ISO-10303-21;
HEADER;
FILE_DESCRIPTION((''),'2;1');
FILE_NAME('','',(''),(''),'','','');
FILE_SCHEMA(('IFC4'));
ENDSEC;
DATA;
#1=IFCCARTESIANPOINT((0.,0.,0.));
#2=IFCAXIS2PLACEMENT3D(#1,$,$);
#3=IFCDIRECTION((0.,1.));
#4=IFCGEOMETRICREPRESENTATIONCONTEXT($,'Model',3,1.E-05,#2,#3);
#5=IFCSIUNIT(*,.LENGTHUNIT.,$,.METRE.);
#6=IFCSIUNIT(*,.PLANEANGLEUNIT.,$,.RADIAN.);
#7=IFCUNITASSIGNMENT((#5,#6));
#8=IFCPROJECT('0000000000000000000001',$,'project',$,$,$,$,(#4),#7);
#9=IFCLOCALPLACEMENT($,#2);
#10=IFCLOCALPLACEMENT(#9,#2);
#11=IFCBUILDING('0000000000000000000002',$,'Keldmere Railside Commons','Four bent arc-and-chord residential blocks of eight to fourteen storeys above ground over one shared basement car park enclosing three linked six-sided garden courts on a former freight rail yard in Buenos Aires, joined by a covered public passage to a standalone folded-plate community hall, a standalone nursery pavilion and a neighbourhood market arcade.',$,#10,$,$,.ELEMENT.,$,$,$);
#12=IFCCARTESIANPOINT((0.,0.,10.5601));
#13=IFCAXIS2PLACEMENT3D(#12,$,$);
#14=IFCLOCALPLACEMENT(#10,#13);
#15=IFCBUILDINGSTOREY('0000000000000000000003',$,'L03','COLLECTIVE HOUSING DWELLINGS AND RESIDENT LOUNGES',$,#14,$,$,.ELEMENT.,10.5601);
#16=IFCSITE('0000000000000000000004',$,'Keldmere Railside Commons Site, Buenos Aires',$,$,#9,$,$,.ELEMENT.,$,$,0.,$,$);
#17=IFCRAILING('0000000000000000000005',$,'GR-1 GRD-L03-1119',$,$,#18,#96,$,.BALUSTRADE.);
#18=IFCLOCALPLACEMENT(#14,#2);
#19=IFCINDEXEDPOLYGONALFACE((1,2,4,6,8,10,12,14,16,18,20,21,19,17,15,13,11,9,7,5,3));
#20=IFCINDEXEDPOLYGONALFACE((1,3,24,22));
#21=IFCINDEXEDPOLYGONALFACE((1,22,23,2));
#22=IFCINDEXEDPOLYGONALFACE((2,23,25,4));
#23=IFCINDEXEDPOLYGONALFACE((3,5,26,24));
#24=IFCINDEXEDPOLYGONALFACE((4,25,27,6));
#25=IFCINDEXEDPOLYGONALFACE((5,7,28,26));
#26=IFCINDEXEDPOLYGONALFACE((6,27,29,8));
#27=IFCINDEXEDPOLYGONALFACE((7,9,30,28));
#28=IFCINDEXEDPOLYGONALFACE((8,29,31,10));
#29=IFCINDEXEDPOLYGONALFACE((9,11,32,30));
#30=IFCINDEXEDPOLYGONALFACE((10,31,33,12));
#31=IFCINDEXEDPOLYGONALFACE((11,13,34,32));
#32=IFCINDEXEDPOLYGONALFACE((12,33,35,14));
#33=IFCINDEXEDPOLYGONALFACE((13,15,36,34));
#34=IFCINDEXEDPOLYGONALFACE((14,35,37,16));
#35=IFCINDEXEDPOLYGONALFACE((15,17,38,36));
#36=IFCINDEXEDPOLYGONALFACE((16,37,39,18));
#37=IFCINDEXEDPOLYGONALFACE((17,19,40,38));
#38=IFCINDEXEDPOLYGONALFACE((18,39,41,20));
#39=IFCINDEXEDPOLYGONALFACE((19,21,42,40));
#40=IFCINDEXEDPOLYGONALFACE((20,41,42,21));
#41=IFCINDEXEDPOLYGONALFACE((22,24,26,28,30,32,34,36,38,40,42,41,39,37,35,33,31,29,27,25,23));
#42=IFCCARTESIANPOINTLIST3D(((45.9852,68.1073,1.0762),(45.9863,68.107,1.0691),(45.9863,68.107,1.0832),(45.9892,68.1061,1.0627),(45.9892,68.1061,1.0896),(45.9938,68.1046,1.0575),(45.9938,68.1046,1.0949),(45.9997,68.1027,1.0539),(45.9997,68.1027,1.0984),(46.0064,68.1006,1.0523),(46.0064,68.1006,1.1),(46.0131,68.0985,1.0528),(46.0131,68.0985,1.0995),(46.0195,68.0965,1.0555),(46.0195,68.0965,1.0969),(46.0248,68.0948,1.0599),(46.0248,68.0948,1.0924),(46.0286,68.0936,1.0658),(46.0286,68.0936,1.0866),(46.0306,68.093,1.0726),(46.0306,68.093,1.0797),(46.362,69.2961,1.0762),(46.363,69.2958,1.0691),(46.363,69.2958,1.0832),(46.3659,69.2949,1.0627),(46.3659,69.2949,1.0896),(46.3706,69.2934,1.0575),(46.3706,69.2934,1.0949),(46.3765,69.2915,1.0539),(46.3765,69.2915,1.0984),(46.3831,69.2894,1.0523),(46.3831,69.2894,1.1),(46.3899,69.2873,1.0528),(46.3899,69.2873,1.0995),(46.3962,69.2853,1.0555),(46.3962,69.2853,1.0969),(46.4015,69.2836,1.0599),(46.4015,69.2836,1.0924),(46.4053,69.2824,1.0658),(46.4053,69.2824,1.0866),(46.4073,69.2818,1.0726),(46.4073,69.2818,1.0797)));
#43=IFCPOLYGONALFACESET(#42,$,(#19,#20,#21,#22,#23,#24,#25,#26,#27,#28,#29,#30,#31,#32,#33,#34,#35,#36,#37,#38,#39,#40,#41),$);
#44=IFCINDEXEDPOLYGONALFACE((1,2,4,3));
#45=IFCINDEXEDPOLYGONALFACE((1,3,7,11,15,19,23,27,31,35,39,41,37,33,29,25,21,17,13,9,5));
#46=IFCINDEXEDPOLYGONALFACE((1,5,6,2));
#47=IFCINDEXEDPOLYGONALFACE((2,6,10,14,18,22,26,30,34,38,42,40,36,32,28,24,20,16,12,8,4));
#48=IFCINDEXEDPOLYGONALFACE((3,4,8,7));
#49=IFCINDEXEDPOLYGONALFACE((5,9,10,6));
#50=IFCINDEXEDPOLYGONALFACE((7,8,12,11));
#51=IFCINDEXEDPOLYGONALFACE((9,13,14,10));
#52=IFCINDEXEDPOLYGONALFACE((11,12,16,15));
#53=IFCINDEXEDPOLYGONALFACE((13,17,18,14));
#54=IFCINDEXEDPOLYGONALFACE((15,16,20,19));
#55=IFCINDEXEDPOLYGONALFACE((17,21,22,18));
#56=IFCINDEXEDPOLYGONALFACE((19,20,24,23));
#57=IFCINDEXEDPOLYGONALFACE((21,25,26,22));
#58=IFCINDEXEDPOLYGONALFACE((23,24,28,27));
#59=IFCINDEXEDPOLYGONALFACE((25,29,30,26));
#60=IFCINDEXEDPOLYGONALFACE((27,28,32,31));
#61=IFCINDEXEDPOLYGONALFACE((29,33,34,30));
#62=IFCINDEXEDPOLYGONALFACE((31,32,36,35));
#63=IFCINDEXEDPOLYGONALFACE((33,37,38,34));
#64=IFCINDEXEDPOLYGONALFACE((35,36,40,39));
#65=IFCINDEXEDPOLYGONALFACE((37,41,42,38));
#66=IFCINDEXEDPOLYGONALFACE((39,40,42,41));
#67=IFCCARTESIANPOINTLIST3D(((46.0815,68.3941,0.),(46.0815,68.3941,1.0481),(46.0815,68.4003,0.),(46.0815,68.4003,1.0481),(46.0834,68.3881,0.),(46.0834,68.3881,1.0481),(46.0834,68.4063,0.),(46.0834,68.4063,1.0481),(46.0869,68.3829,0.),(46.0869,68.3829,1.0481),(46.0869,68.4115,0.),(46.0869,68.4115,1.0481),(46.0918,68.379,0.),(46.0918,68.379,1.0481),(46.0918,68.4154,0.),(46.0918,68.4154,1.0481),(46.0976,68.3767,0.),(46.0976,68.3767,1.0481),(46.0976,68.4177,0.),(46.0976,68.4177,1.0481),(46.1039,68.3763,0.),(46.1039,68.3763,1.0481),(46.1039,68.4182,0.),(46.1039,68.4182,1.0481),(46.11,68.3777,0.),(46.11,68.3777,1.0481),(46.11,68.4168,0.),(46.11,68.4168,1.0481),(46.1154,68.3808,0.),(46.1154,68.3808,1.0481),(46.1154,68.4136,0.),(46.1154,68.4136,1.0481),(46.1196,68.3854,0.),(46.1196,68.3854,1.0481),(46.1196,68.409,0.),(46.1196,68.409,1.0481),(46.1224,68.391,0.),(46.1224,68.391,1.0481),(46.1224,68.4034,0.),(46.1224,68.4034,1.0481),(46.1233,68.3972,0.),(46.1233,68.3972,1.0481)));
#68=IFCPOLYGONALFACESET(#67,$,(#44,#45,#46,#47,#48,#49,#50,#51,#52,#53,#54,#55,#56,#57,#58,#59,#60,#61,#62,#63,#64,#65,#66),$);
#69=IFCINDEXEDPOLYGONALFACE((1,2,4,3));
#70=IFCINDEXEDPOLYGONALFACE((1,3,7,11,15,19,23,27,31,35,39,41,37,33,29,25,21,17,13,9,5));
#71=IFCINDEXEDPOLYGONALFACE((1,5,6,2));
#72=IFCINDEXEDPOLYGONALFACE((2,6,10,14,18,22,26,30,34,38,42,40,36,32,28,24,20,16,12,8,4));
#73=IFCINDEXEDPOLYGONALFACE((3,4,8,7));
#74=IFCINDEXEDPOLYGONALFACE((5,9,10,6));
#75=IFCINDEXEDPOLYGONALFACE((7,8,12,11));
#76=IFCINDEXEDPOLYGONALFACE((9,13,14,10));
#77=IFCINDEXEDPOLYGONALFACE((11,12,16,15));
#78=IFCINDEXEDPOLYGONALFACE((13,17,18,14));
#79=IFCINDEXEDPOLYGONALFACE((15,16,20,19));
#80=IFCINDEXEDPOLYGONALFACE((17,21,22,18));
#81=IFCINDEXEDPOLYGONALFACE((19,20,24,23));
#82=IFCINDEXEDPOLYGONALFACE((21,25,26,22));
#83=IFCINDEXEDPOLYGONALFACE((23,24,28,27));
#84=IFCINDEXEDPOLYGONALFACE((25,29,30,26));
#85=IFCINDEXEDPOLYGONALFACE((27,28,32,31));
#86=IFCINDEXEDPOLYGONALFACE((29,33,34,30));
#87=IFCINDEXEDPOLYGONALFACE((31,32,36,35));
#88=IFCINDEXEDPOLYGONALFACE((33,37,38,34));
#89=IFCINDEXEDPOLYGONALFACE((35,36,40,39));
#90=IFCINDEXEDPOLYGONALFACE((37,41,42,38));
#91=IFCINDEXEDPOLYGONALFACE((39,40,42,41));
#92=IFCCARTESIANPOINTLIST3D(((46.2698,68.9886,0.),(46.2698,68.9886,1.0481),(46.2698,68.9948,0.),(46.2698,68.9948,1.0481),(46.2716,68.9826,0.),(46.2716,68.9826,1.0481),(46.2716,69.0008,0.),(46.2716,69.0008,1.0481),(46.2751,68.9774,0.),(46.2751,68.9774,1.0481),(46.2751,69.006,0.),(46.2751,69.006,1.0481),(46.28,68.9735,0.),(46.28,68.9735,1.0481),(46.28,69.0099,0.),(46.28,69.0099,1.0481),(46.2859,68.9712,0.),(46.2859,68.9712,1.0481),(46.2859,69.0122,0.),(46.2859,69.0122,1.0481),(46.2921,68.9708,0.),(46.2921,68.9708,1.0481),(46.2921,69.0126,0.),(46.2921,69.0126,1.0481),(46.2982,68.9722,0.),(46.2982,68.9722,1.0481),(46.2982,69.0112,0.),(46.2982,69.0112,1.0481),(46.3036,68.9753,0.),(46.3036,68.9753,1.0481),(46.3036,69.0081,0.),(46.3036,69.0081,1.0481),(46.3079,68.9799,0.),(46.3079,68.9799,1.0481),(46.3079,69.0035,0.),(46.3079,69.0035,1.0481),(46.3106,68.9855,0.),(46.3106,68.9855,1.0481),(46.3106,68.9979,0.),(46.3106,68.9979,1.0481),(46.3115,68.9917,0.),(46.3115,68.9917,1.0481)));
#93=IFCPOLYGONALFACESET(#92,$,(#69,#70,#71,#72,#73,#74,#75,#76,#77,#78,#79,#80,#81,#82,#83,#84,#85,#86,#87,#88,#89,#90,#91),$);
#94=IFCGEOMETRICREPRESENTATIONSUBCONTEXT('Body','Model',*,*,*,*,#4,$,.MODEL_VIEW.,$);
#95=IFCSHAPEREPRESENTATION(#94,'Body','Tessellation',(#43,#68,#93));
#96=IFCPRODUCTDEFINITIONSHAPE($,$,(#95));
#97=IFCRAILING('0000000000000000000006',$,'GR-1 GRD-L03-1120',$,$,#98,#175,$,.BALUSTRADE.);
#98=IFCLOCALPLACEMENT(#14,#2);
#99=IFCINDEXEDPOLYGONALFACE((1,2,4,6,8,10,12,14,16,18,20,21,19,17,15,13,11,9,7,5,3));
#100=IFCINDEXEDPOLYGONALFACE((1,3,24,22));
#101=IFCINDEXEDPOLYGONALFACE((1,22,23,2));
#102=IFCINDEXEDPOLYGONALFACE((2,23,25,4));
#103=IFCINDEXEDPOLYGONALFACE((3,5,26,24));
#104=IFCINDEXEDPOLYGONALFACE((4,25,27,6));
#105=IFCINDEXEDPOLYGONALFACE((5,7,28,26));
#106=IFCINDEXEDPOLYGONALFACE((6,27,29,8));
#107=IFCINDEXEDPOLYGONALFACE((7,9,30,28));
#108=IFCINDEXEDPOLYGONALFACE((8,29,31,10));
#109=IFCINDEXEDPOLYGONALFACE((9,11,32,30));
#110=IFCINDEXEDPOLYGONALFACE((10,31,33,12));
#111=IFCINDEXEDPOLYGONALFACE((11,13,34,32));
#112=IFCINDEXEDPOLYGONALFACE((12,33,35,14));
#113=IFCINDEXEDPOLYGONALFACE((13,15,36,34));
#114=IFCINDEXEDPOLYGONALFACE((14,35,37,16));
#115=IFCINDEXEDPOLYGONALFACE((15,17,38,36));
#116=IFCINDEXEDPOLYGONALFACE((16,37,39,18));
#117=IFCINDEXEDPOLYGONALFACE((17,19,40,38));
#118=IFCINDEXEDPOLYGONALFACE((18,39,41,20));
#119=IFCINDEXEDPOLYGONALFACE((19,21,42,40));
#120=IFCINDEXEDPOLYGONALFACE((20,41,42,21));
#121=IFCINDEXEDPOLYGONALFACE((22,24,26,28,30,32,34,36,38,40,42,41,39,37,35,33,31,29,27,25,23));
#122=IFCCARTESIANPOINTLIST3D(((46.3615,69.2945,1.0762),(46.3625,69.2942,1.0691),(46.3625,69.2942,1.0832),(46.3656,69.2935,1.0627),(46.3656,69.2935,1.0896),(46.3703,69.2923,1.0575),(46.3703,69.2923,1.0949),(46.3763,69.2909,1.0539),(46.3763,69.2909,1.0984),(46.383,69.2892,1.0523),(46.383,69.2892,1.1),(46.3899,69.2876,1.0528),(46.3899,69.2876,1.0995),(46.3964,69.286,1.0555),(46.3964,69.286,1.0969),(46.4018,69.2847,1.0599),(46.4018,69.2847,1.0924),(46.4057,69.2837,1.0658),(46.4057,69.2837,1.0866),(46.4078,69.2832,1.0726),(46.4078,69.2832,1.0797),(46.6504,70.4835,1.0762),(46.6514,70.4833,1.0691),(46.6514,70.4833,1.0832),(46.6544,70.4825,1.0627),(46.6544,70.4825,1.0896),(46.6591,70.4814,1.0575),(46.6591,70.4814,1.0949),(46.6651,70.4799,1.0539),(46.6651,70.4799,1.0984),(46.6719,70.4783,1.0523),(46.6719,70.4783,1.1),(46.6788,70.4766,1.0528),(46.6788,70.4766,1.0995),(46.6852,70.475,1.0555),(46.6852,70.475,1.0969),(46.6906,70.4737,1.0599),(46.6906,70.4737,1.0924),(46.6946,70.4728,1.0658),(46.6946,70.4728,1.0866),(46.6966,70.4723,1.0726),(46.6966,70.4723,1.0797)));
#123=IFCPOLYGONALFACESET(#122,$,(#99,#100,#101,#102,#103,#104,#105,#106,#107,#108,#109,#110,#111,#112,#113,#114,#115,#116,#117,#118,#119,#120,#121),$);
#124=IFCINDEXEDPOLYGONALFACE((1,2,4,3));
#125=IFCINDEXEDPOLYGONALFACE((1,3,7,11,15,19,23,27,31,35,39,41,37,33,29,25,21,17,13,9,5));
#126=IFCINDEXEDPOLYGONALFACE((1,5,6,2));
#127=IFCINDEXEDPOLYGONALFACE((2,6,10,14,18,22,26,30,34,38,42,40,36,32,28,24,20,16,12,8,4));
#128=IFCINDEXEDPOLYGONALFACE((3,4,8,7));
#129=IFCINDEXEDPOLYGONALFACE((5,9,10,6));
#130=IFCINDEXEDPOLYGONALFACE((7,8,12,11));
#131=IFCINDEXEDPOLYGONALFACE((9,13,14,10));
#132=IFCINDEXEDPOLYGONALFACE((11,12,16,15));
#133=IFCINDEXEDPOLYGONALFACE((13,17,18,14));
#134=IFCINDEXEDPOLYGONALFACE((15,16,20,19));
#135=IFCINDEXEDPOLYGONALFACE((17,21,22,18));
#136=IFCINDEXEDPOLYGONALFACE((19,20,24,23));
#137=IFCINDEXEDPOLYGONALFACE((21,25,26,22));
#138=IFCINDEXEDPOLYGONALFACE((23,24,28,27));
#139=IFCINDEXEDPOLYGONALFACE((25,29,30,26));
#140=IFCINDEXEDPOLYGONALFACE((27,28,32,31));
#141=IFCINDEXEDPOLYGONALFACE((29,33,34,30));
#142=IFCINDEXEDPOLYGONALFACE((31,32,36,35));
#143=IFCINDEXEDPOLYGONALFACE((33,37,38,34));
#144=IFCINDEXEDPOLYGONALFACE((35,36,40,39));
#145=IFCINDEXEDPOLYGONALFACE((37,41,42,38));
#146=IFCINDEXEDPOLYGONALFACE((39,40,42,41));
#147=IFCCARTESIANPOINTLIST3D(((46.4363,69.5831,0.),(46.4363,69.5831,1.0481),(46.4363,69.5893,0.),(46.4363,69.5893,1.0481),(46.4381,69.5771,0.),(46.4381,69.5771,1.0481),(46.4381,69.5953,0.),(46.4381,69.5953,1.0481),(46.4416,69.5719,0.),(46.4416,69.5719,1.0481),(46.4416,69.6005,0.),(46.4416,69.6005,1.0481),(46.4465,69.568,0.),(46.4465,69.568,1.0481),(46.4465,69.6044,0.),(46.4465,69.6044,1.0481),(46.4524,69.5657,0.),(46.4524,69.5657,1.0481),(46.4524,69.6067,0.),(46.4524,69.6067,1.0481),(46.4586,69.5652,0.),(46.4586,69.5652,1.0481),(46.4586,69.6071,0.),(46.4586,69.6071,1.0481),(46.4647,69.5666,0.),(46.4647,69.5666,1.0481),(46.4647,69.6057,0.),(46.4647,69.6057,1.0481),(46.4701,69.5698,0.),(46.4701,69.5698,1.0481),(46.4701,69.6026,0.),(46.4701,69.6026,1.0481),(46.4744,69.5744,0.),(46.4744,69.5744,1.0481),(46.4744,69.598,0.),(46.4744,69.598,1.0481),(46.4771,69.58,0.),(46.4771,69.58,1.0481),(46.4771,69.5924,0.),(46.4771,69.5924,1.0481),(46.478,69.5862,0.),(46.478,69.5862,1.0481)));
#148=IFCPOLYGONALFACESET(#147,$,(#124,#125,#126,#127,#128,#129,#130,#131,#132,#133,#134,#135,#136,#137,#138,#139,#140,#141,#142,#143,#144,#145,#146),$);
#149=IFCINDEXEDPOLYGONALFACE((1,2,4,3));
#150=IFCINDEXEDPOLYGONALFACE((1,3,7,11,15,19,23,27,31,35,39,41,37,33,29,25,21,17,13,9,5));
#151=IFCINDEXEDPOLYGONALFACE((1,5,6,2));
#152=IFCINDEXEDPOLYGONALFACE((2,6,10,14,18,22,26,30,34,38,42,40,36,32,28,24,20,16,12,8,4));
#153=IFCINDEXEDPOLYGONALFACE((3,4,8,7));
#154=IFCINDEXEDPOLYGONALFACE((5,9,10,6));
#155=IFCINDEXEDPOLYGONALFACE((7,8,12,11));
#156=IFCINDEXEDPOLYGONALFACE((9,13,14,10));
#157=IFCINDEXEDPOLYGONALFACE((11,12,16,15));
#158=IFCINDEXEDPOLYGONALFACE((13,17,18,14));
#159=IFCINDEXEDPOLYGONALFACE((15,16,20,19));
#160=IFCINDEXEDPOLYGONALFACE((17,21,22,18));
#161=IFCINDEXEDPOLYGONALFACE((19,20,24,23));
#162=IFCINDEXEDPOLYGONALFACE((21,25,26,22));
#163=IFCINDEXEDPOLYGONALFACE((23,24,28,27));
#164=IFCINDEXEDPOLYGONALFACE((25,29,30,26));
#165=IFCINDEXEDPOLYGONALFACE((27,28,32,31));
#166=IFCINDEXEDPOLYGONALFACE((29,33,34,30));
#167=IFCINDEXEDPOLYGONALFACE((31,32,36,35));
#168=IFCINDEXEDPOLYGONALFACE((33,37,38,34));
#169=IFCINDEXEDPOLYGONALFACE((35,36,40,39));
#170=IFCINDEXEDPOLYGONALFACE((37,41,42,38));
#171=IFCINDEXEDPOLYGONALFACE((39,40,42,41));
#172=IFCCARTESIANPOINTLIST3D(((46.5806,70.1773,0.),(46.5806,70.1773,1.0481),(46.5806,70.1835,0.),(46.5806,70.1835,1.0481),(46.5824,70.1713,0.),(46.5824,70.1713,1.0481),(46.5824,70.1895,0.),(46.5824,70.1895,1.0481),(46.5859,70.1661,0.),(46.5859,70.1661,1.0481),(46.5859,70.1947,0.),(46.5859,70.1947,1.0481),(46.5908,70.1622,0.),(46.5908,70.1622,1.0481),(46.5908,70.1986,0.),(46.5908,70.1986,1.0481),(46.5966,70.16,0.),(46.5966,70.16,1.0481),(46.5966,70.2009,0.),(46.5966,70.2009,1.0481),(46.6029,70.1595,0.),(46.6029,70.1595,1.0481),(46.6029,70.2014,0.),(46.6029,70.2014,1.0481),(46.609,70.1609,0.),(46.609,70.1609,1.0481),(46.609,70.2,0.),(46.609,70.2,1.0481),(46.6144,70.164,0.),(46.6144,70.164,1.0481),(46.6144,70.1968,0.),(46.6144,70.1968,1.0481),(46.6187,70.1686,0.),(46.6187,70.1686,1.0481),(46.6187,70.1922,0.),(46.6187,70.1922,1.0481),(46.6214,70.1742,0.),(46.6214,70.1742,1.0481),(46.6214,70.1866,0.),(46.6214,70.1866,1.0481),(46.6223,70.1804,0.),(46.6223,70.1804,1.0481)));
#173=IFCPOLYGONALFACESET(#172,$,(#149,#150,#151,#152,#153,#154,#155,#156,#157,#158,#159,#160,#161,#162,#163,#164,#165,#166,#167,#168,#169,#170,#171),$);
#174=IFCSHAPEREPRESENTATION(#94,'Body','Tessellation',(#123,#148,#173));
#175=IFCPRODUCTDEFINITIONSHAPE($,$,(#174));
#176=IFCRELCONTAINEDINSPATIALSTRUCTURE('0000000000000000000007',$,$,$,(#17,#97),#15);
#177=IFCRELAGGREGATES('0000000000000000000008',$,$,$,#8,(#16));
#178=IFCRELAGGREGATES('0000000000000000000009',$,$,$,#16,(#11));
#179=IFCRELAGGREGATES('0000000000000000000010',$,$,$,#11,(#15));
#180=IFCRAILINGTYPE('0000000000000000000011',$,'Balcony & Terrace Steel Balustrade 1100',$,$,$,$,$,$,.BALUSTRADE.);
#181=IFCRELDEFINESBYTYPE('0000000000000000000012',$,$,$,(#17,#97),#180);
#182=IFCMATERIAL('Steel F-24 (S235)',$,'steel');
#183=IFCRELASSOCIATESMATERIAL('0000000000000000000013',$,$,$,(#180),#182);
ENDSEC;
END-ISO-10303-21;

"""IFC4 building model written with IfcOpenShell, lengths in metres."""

from ifc_helpers import new_model, si_unit, direction, frame, origin, origin_2d, place, context, subcontext, project, spatial, circle, extrude, material, type_object, element, save


model = new_model("IFC4")

# Units and contexts
model_context = context("Model", 3, precision=1e-05, world=origin(), true_north=direction((0.0, 1.0)))
body_context = subcontext(model_context, "Body", "Model", "MODEL_VIEW")
ifc_project = project(units=[si_unit("LENGTHUNIT", "METRE"), si_unit("PLANEANGLEUNIT", "RADIAN")], contexts=[model_context])

# Site, building, storey
site_placement = place(None, origin())
site = spatial("IfcSite", under=ifc_project, at=site_placement, Name="Keldmere Railside Commons Site, Buenos Aires", CompositionType="ELEMENT", RefElevation=0.0)
building_placement = place(site_placement, origin())
building = spatial("IfcBuilding", under=site, at=building_placement, Name="Keldmere Railside Commons", Description="Four bent arc-and-chord residential blocks of eight to fourteen storeys above ground over one shared basement car park enclosing three linked six-sided garden courts on a former freight rail yard in Buenos Aires, joined by a covered public passage to a standalone folded-plate community hall, a standalone nursery pavilion and a neighbourhood market arcade.", CompositionType="ELEMENT")
storey_placement = place(building_placement, frame((0.0, 0.0, 10.5601)))
storey = spatial("IfcBuildingStorey", under=building, at=storey_placement, Name="L03", Description="COLLECTIVE HOUSING DWELLINGS AND RESIDENT LOUNGES", CompositionType="ELEMENT", Elevation=10.5601)

# Railings
ifc_material_1 = material(Name="Steel F-24 (S235)", Category="steel")
railing_type_1 = type_object("IfcRailingType", Name="Balcony & Terrace Steel Balustrade 1100", PredefinedType="BALUSTRADE", material=ifc_material_1)
railing_1_placement = place(storey_placement, frame((46.0081, 68.1001, 0.0)))
element("IfcRailing", 1, at=railing_1_placement, inside=storey, type_object=railing_type_1, Name="GR-1 GRD-L03-1119", PredefinedType="BALUSTRADE", context=body_context, shape_type="SweptSolid", body=[
    extrude(circle(Radius=0.0239, at=origin_2d()), frame((0.0, 0.0, 1.0762), z_axis=(0.302096, 0.953277, 0.0), x_axis=(-0.953277, 0.302096, 0.0)), (0.0, 0.0, 1.0), 1.2471),
    extrude(circle(Radius=0.021, at=origin_2d()), frame((0.0942, 0.2971, 0.0)), (0.0, 0.0, 1.0), 1.0481),
    extrude(circle(Radius=0.021, at=origin_2d()), frame((0.2825, 0.8916, 0.0)), (0.0, 0.0, 1.0), 1.0481),
])
railing_2_placement = place(storey_placement, frame((46.3848, 69.2888, 0.0)))
element("IfcRailing", 2, at=railing_2_placement, inside=storey, type_object=railing_type_1, Name="GR-1 GRD-L03-1120", PredefinedType="BALUSTRADE", context=body_context, shape_type="SweptSolid", body=[
    extrude(circle(Radius=0.0239, at=origin_2d()), frame((0.0, 0.0, 1.0762), z_axis=(0.236051, 0.971741, 0.0), x_axis=(-0.971741, 0.236051, 0.0)), (0.0, 0.0, 1.0), 1.2236),
    extrude(circle(Radius=0.021, at=origin_2d()), frame((0.0723, 0.2974, 0.0)), (0.0, 0.0, 1.0), 1.0481),
    extrude(circle(Radius=0.021, at=origin_2d()), frame((0.2166, 0.8916, 0.0)), (0.0, 0.0, 1.0), 1.0481),
])

save(model, "model.ifc")
